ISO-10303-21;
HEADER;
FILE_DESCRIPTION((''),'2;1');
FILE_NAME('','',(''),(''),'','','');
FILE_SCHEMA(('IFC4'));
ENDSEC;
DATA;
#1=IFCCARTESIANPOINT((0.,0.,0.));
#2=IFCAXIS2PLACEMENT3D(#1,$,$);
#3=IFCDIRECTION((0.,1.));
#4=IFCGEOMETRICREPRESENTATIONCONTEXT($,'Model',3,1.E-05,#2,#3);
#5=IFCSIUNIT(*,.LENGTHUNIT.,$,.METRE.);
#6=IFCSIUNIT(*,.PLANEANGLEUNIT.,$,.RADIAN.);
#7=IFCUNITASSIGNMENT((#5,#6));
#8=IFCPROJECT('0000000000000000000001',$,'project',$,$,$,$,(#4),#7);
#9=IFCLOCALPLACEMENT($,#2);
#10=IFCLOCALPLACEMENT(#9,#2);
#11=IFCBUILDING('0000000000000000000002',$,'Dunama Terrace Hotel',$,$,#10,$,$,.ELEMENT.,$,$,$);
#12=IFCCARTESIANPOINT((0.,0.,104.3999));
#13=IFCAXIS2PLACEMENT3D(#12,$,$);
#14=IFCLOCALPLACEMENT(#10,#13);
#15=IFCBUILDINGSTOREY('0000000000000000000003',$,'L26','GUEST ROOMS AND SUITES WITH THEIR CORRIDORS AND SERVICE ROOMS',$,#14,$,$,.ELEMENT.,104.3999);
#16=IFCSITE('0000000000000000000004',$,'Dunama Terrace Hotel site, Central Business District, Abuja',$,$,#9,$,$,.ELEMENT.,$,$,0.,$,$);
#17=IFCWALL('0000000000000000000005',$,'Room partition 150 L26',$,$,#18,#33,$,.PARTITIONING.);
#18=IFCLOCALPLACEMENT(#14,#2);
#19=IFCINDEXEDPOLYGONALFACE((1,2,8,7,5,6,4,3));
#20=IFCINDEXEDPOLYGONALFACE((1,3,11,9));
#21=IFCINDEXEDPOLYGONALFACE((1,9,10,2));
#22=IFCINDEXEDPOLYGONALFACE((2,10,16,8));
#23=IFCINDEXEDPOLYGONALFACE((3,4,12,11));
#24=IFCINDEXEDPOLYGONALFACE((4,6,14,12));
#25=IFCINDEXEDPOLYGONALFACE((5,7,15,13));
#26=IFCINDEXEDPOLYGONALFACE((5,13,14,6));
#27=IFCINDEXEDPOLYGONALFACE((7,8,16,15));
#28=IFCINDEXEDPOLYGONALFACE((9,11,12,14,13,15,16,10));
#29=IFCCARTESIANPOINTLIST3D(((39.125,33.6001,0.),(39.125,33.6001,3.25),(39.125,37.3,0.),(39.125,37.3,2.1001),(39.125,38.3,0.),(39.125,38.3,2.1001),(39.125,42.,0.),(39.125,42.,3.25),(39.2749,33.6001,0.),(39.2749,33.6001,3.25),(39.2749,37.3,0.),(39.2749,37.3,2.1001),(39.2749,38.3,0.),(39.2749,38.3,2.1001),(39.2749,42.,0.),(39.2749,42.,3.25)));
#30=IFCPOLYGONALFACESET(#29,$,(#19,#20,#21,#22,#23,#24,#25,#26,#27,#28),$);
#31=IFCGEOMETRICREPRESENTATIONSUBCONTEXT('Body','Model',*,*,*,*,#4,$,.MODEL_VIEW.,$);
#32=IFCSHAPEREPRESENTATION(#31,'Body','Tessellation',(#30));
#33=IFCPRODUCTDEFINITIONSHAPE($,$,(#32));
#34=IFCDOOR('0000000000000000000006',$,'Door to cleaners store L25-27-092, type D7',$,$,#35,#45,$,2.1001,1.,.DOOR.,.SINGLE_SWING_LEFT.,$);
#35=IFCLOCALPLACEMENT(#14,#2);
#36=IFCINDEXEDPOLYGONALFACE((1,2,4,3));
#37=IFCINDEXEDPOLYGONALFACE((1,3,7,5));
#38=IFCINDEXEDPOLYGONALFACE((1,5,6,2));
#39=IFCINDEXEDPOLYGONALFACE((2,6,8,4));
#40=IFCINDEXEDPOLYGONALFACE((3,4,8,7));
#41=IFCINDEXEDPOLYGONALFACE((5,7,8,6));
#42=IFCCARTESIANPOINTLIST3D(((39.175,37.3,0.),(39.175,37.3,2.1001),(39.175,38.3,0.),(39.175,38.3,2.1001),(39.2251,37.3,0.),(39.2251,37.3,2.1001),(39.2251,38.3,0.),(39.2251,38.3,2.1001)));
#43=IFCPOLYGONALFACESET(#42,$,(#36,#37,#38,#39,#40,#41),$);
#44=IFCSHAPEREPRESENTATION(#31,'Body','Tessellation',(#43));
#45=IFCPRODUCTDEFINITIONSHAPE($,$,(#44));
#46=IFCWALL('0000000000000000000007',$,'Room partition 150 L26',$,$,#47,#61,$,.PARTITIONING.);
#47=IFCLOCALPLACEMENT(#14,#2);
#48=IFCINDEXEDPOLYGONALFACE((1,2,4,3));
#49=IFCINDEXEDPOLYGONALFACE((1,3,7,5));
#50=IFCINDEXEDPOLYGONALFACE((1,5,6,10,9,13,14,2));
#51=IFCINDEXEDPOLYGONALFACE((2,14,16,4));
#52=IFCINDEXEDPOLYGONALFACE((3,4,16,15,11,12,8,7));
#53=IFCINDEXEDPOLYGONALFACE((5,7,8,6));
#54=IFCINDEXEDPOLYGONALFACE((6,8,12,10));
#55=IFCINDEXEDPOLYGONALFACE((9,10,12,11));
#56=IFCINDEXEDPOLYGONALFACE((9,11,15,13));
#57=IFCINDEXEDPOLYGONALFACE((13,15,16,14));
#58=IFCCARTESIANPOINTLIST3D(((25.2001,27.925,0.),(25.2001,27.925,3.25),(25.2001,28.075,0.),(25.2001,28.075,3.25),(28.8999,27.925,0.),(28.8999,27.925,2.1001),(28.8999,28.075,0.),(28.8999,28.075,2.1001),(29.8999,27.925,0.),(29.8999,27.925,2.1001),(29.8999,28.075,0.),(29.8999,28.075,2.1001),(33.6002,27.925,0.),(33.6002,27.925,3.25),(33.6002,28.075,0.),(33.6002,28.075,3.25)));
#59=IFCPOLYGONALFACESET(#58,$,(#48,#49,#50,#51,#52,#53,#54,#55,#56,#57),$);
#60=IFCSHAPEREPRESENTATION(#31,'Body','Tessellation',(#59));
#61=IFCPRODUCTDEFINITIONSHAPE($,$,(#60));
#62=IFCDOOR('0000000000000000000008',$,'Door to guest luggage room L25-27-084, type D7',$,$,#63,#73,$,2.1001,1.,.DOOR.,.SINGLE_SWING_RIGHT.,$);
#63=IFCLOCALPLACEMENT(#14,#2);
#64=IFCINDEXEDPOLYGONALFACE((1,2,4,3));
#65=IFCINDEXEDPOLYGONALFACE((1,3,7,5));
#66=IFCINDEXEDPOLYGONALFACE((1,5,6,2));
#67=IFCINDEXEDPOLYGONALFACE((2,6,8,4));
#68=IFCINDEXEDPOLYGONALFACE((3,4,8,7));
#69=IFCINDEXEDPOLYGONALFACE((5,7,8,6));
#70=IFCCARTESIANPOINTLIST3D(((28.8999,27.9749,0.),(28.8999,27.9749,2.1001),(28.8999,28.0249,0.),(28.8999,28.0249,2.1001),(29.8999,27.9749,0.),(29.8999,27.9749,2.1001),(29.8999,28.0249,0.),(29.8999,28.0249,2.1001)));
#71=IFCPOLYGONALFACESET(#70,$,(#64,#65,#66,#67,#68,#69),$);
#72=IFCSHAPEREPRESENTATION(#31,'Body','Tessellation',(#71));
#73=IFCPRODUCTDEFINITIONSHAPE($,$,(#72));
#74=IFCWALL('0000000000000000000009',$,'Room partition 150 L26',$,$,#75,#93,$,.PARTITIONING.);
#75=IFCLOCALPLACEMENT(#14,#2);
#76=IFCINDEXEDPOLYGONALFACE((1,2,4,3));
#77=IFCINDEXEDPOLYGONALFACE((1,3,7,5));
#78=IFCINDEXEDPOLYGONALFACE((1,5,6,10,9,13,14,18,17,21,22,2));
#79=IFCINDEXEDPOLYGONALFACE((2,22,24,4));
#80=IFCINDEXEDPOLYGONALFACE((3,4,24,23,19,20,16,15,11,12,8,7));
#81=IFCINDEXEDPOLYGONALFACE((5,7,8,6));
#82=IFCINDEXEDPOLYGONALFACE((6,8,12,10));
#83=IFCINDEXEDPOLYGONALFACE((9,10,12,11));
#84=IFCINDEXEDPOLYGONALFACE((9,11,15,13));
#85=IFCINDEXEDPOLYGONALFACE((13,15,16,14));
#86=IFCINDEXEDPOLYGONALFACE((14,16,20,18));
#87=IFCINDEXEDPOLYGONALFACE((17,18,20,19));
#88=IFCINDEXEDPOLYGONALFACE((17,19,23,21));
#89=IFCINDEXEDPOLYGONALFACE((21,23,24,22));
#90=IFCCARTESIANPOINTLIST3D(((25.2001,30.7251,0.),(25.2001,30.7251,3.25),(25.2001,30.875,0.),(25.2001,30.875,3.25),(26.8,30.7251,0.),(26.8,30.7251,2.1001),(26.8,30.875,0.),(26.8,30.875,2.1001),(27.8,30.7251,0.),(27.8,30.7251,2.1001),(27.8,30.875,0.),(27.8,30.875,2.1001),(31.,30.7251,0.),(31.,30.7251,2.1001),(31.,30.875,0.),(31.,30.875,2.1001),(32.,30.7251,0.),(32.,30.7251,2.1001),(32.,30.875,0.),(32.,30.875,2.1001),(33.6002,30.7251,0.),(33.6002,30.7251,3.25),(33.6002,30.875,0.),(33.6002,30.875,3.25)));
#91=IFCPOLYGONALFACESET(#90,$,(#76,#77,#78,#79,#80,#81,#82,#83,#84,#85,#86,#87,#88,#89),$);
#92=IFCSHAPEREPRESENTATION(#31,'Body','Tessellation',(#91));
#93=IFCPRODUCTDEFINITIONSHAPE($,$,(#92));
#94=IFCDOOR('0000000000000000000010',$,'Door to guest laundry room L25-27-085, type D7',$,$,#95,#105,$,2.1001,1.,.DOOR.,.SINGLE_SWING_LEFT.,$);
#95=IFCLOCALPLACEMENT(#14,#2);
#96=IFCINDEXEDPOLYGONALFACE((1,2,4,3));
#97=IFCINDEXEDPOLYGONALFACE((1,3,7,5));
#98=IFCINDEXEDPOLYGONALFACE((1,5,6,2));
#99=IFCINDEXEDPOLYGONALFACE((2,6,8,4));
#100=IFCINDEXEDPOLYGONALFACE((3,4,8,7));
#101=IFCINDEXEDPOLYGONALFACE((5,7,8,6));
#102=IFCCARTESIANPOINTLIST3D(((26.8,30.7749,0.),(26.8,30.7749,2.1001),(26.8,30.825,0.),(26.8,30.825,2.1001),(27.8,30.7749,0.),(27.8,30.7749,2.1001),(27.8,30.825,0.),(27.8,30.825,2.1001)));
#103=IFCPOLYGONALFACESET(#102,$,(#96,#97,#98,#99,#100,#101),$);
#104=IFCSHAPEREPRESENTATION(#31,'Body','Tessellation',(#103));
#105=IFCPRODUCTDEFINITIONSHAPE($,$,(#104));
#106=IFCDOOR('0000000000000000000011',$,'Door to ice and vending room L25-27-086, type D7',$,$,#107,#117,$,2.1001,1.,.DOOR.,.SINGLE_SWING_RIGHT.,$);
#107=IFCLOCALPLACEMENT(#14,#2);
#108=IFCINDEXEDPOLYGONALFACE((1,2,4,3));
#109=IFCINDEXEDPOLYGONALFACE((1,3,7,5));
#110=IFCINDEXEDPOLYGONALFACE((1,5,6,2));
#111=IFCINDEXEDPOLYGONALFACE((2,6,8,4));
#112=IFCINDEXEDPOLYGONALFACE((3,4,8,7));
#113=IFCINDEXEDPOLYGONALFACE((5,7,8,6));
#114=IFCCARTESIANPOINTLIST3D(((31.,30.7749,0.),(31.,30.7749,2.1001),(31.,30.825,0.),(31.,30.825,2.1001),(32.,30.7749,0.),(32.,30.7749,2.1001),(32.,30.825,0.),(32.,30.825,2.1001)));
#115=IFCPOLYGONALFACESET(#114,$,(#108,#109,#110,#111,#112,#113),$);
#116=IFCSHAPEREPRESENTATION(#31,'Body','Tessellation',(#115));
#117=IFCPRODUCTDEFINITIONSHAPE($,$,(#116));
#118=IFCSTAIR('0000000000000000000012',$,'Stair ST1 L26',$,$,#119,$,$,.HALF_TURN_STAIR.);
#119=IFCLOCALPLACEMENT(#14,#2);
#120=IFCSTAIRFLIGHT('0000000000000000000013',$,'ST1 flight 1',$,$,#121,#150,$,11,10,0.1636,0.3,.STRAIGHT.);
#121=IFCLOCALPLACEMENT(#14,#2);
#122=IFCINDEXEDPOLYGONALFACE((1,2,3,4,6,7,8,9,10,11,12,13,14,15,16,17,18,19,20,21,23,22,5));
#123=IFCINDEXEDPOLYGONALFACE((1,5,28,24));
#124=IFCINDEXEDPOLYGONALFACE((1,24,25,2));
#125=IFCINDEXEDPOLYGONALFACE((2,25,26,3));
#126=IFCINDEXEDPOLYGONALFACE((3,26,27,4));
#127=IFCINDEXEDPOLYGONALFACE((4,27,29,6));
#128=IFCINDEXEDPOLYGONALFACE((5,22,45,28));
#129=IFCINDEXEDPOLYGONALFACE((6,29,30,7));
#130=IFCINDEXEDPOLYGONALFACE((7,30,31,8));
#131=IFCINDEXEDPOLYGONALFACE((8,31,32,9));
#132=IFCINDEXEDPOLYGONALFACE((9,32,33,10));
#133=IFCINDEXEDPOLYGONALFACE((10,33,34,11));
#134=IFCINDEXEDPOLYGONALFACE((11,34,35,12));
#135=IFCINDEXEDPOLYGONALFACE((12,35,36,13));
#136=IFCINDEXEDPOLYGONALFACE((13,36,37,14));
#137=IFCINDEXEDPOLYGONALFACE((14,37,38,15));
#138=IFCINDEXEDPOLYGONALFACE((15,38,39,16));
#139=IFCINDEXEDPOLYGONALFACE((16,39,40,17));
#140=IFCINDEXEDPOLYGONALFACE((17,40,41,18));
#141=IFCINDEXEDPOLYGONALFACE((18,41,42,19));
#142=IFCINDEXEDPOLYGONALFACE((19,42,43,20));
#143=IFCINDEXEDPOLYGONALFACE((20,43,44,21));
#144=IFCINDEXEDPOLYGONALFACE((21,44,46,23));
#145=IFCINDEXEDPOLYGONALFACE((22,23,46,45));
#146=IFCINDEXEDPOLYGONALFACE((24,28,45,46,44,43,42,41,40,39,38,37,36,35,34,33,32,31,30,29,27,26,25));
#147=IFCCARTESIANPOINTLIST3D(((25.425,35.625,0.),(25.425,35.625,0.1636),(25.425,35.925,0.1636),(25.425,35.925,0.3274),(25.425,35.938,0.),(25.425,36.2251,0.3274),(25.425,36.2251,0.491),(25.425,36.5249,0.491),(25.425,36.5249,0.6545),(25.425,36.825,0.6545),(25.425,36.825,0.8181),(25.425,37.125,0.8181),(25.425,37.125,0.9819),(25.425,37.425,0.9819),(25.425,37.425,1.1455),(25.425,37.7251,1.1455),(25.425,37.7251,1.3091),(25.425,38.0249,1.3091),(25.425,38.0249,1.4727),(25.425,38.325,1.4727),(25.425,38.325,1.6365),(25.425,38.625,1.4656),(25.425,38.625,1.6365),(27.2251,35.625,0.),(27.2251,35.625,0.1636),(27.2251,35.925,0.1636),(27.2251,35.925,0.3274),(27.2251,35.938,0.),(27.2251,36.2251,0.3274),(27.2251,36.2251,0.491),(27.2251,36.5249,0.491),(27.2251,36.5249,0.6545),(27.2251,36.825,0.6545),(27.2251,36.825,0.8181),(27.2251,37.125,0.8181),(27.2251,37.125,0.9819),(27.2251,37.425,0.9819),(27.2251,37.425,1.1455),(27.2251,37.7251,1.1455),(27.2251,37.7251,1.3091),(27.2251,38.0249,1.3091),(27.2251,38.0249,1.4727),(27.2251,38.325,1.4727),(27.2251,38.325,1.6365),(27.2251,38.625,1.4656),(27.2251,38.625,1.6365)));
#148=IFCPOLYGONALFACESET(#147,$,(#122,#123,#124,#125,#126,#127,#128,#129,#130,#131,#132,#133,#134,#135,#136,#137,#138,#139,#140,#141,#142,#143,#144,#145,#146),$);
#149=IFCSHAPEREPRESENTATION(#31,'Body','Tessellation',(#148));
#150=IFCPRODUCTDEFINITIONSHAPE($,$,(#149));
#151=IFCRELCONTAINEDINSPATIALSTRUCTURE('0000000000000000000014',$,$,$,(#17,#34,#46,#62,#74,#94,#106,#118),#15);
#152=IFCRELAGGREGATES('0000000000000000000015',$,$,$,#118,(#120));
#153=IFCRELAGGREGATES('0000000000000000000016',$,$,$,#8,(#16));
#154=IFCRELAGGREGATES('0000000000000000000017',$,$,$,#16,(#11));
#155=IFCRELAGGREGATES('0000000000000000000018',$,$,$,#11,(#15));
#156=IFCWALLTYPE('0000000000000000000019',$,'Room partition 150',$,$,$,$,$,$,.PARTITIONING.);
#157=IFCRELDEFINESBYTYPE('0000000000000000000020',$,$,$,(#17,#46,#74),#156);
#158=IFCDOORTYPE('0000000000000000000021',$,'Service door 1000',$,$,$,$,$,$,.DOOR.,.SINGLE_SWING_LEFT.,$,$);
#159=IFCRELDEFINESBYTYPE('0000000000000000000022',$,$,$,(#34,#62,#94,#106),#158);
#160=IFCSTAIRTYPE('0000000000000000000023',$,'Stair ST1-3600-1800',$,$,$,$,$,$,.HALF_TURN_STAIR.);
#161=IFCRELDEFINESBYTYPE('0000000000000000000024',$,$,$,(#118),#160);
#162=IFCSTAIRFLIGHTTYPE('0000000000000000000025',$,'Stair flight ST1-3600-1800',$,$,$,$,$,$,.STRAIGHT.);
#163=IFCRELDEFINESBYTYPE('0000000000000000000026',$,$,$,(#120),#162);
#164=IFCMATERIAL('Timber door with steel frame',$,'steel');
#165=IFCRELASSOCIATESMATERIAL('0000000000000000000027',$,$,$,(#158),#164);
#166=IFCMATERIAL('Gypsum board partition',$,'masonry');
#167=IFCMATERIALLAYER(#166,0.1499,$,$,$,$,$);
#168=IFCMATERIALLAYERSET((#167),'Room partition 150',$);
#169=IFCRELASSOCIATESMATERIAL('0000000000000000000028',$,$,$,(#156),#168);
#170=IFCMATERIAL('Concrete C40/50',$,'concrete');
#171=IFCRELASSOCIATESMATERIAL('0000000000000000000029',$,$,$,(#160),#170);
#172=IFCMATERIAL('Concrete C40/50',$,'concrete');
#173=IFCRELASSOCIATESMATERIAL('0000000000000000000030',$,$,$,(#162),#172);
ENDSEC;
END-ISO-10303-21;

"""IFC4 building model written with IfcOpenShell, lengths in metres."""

from ifc_helpers import new_model, si_unit, direction, frame, frame_2d, origin, place, context, subcontext, project, spatial, polyline, rectangle, outline, extrude, material, layer, layer_set, type_object, element, fill, aggregate, save


model = new_model("IFC4")

# Units and contexts
model_context = context("Model", 3, precision=1e-05, world=origin(), true_north=direction((0.0, 1.0)))
body_context = subcontext(model_context, "Body", "Model", "MODEL_VIEW")
ifc_project = project(units=[si_unit("LENGTHUNIT", "METRE"), si_unit("PLANEANGLEUNIT", "RADIAN")], contexts=[model_context])

# Site, building, storey
site_placement = place(None, origin())
site = spatial("IfcSite", under=ifc_project, at=site_placement, Name="Dunama Terrace Hotel site, Central Business District, Abuja", CompositionType="ELEMENT", RefElevation=0.0)
building_placement = place(site_placement, origin())
building = spatial("IfcBuilding", under=site, at=building_placement, Name="Dunama Terrace Hotel", CompositionType="ELEMENT")
storey_placement = place(building_placement, frame((0.0, 0.0, 104.3999)))
storey = spatial("IfcBuildingStorey", under=building, at=storey_placement, Name="L26", Description="GUEST ROOMS AND SUITES WITH THEIR CORRIDORS AND SERVICE ROOMS", CompositionType="ELEMENT", Elevation=104.3999)

# Shared definitions
ifc_material_1 = material(Name="Timber door with steel frame", Category="steel")
door_type_1 = type_object("IfcDoorType", Name="Service door 1000", OperationType="SINGLE_SWING_LEFT", PredefinedType="DOOR", material=ifc_material_1)

# Shared definitions
ifc_material_2 = material(Name="Gypsum board partition", Category="masonry")
ifc_layer_1 = layer(ifc_material_2, 0.1499)
ifc_layer_set_1 = layer_set([ifc_layer_1], Name="Room partition 150")
wall_type_1 = type_object("IfcWallType", Name="Room partition 150", PredefinedType="PARTITIONING", material=ifc_layer_set_1)

# Walls, openings, doors
wall_1_placement = place(storey_placement, frame((39.2, 33.6001, 0.0), z_axis=(0.0, 0.0, 1.0), x_axis=(0.0, 1.0, 0.0)))
wall_1 = element("IfcWall", 1, at=wall_1_placement, inside=storey, type_object=wall_type_1, Name="Room partition 150 L26", PredefinedType="PARTITIONING", context=body_context, shape_type="SweptSolid", body=[
    extrude(rectangle(XDim=8.3999, YDim=0.1499, at=frame_2d((4.2, 0.0))), origin(), (0.0, 0.0, 1.0), 3.25),
])
opening_1_placement = place(wall_1_placement, frame((3.7, 0.0, 0.0)))
opening_1 = element("IfcOpeningElement", 2, at=opening_1_placement, cuts=wall_1, PredefinedType="OPENING", context=body_context, shape_type="SweptSolid", body=[
    extrude(rectangle(XDim=1.0, YDim=2.1001, at=frame_2d((0.5, 1.05))), frame((0.0, 0.085, 0.0), z_axis=(0.0, -1.0, 0.0), x_axis=(1.0, 0.0, 0.0)), (0.0, 0.0, 1.0), 0.1699),
])
door_1_placement = place(opening_1_placement, origin())
door_1 = element("IfcDoor", 3, at=door_1_placement, inside=storey, type_object=door_type_1, Name="Door to cleaners store L25-27-092, type D7", OperationType="SINGLE_SWING_LEFT", OverallHeight=2.1001, OverallWidth=1.0, PredefinedType="DOOR", context=body_context, shape_type="SweptSolid", body=[
    extrude(rectangle(XDim=1.0, YDim=2.1001, at=frame_2d((0.5, 1.05))), frame((0.0, 0.0249, 0.0), z_axis=(0.0, -1.0, 0.0), x_axis=(1.0, 0.0, 0.0)), (0.0, 0.0, 1.0), 0.05),
])
fill(opening_1, door_1)
wall_2_placement = place(storey_placement, frame((25.2, 28.0, 0.0), z_axis=(0.0, 0.0, 1.0), x_axis=(1.0, 0.0, 0.0)))
wall_2 = element("IfcWall", 4, at=wall_2_placement, inside=storey, type_object=wall_type_1, Name="Room partition 150 L26", PredefinedType="PARTITIONING", context=body_context, shape_type="SweptSolid", body=[
    extrude(rectangle(XDim=8.4001, YDim=0.1499, at=frame_2d((4.2002, 0.0))), origin(), (0.0, 0.0, 1.0), 3.25),
])
opening_2_placement = place(wall_2_placement, frame((3.7, 0.0, 0.0)))
opening_2 = element("IfcOpeningElement", 5, at=opening_2_placement, cuts=wall_2, PredefinedType="OPENING", context=body_context, shape_type="SweptSolid", body=[
    extrude(rectangle(XDim=1.0, YDim=2.1001, at=frame_2d((0.5, 1.05))), frame((0.0, 0.085, 0.0), z_axis=(0.0, -1.0, 0.0), x_axis=(1.0, 0.0, 0.0)), (0.0, 0.0, 1.0), 0.1699),
])
door_2_placement = place(opening_2_placement, frame((1.0, 0.0, 0.0), z_axis=(0.0, 0.0, 1.0), x_axis=(-1.0, 0.0, 0.0)))
door_2 = element("IfcDoor", 6, at=door_2_placement, inside=storey, type_object=door_type_1, Name="Door to guest luggage room L25-27-084, type D7", OperationType="SINGLE_SWING_RIGHT", OverallHeight=2.1001, OverallWidth=1.0, PredefinedType="DOOR", context=body_context, shape_type="SweptSolid", body=[
    extrude(rectangle(XDim=1.0, YDim=2.1001, at=frame_2d((0.5, 1.05))), frame((0.0, 0.0251, 0.0), z_axis=(0.0, -1.0, 0.0), x_axis=(1.0, 0.0, 0.0)), (0.0, 0.0, 1.0), 0.05),
])
fill(opening_2, door_2)

# Wall, openings, doors
wall_3_placement = place(storey_placement, frame((25.2, 30.8, 0.0), z_axis=(0.0, 0.0, 1.0), x_axis=(1.0, 0.0, 0.0)))
wall_3 = element("IfcWall", 7, at=wall_3_placement, inside=storey, type_object=wall_type_1, Name="Room partition 150 L26", PredefinedType="PARTITIONING", context=body_context, shape_type="SweptSolid", body=[
    extrude(rectangle(XDim=8.4001, YDim=0.1499, at=frame_2d((4.2002, 0.0))), origin(), (0.0, 0.0, 1.0), 3.25),
])
opening_3_placement = place(wall_3_placement, frame((1.6001, 0.0, 0.0)))
opening_3 = element("IfcOpeningElement", 8, at=opening_3_placement, cuts=wall_3, PredefinedType="OPENING", context=body_context, shape_type="SweptSolid", body=[
    extrude(rectangle(XDim=1.0, YDim=2.1001, at=frame_2d((0.5, 1.05))), frame((0.0, 0.085, 0.0), z_axis=(0.0, -1.0, 0.0), x_axis=(1.0, 0.0, 0.0)), (0.0, 0.0, 1.0), 0.1699),
])
opening_4_placement = place(wall_3_placement, frame((5.8, 0.0, 0.0)))
opening_4 = element("IfcOpeningElement", 9, at=opening_4_placement, cuts=wall_3, PredefinedType="OPENING", context=body_context, shape_type="SweptSolid", body=[
    extrude(rectangle(XDim=1.0, YDim=2.1001, at=frame_2d((0.5, 1.05))), frame((0.0, 0.085, 0.0), z_axis=(0.0, -1.0, 0.0), x_axis=(1.0, 0.0, 0.0)), (0.0, 0.0, 1.0), 0.1699),
])
door_3_placement = place(opening_3_placement, origin())
door_3 = element("IfcDoor", 10, at=door_3_placement, inside=storey, type_object=door_type_1, Name="Door to guest laundry room L25-27-085, type D7", OperationType="SINGLE_SWING_LEFT", OverallHeight=2.1001, OverallWidth=1.0, PredefinedType="DOOR", context=body_context, shape_type="SweptSolid", body=[
    extrude(rectangle(XDim=1.0, YDim=2.1001, at=frame_2d((0.5, 1.05))), frame((0.0, 0.0249, 0.0), z_axis=(0.0, -1.0, 0.0), x_axis=(1.0, 0.0, 0.0)), (0.0, 0.0, 1.0), 0.05),
])
fill(opening_3, door_3)
door_4_placement = place(opening_4_placement, origin())
door_4 = element("IfcDoor", 11, at=door_4_placement, inside=storey, type_object=door_type_1, Name="Door to ice and vending room L25-27-086, type D7", OperationType="SINGLE_SWING_RIGHT", OverallHeight=2.1001, OverallWidth=1.0, PredefinedType="DOOR", context=body_context, shape_type="SweptSolid", body=[
    extrude(rectangle(XDim=1.0, YDim=2.1001, at=frame_2d((0.5, 1.05))), frame((0.0, 0.0249, 0.0), z_axis=(0.0, -1.0, 0.0), x_axis=(1.0, 0.0, 0.0)), (0.0, 0.0, 1.0), 0.05),
])
fill(opening_4, door_4)

# Stair, stair flight
ifc_material_3 = material(Name="Concrete C40/50", Category="concrete")
stair_type = type_object("IfcStairType", Name="Stair ST1-3600-1800", PredefinedType="HALF_TURN_STAIR", material=ifc_material_3)
stair_placement = place(storey_placement, origin())
stair = element("IfcStair", 12, at=stair_placement, inside=storey, type_object=stair_type, Name="Stair ST1 L26", PredefinedType="HALF_TURN_STAIR")
ifc_material_4 = material(Name="Concrete C40/50", Category="concrete")
stair_flight_type = type_object("IfcStairFlightType", Name="Stair flight ST1-3600-1800", PredefinedType="STRAIGHT", material=ifc_material_4)
stair_flight_placement = place(storey_placement, frame((26.325, 35.625, 0.0), z_axis=(0.0, 0.0, 1.0), x_axis=(0.0, 1.0, 0.0)))
stair_flight = element("IfcStairFlight", 13, at=stair_flight_placement, type_object=stair_flight_type, Name="ST1 flight 1", NumberOfRisers=11, NumberOfTreads=10, PredefinedType="STRAIGHT", RiserHeight=0.1636, TreadLength=0.3, context=body_context, shape_type="SweptSolid", body=[
    extrude(outline(polyline([(0.0, 0.0), (0.0, 0.1636), (0.3, 0.1636), (0.3, 0.3274), (0.6001, 0.3274), (0.6001, 0.491), (0.8999, 0.491), (0.8999, 0.6545), (1.2, 0.6545), (1.2, 0.8181), (1.5, 0.8181), (1.5, 0.9819), (1.8, 0.9819), (1.8, 1.1455), (2.1001, 1.1455), (2.1001, 1.3091), (2.3999, 1.3091), (2.3999, 1.4727), (2.7, 1.4727), (2.7, 1.6365), (3.0, 1.6365), (3.0, 1.8), (3.0, 1.4656), (0.313, 0.0), (0.0, 0.0)])), frame((0.0, 0.8999, 0.0), z_axis=(0.0, -1.0, 0.0), x_axis=(1.0, 0.0, 0.0)), (0.0, 0.0, 1.0), 1.8),
])
aggregate(stair, [stair_flight])

save(model, "model.ifc")
